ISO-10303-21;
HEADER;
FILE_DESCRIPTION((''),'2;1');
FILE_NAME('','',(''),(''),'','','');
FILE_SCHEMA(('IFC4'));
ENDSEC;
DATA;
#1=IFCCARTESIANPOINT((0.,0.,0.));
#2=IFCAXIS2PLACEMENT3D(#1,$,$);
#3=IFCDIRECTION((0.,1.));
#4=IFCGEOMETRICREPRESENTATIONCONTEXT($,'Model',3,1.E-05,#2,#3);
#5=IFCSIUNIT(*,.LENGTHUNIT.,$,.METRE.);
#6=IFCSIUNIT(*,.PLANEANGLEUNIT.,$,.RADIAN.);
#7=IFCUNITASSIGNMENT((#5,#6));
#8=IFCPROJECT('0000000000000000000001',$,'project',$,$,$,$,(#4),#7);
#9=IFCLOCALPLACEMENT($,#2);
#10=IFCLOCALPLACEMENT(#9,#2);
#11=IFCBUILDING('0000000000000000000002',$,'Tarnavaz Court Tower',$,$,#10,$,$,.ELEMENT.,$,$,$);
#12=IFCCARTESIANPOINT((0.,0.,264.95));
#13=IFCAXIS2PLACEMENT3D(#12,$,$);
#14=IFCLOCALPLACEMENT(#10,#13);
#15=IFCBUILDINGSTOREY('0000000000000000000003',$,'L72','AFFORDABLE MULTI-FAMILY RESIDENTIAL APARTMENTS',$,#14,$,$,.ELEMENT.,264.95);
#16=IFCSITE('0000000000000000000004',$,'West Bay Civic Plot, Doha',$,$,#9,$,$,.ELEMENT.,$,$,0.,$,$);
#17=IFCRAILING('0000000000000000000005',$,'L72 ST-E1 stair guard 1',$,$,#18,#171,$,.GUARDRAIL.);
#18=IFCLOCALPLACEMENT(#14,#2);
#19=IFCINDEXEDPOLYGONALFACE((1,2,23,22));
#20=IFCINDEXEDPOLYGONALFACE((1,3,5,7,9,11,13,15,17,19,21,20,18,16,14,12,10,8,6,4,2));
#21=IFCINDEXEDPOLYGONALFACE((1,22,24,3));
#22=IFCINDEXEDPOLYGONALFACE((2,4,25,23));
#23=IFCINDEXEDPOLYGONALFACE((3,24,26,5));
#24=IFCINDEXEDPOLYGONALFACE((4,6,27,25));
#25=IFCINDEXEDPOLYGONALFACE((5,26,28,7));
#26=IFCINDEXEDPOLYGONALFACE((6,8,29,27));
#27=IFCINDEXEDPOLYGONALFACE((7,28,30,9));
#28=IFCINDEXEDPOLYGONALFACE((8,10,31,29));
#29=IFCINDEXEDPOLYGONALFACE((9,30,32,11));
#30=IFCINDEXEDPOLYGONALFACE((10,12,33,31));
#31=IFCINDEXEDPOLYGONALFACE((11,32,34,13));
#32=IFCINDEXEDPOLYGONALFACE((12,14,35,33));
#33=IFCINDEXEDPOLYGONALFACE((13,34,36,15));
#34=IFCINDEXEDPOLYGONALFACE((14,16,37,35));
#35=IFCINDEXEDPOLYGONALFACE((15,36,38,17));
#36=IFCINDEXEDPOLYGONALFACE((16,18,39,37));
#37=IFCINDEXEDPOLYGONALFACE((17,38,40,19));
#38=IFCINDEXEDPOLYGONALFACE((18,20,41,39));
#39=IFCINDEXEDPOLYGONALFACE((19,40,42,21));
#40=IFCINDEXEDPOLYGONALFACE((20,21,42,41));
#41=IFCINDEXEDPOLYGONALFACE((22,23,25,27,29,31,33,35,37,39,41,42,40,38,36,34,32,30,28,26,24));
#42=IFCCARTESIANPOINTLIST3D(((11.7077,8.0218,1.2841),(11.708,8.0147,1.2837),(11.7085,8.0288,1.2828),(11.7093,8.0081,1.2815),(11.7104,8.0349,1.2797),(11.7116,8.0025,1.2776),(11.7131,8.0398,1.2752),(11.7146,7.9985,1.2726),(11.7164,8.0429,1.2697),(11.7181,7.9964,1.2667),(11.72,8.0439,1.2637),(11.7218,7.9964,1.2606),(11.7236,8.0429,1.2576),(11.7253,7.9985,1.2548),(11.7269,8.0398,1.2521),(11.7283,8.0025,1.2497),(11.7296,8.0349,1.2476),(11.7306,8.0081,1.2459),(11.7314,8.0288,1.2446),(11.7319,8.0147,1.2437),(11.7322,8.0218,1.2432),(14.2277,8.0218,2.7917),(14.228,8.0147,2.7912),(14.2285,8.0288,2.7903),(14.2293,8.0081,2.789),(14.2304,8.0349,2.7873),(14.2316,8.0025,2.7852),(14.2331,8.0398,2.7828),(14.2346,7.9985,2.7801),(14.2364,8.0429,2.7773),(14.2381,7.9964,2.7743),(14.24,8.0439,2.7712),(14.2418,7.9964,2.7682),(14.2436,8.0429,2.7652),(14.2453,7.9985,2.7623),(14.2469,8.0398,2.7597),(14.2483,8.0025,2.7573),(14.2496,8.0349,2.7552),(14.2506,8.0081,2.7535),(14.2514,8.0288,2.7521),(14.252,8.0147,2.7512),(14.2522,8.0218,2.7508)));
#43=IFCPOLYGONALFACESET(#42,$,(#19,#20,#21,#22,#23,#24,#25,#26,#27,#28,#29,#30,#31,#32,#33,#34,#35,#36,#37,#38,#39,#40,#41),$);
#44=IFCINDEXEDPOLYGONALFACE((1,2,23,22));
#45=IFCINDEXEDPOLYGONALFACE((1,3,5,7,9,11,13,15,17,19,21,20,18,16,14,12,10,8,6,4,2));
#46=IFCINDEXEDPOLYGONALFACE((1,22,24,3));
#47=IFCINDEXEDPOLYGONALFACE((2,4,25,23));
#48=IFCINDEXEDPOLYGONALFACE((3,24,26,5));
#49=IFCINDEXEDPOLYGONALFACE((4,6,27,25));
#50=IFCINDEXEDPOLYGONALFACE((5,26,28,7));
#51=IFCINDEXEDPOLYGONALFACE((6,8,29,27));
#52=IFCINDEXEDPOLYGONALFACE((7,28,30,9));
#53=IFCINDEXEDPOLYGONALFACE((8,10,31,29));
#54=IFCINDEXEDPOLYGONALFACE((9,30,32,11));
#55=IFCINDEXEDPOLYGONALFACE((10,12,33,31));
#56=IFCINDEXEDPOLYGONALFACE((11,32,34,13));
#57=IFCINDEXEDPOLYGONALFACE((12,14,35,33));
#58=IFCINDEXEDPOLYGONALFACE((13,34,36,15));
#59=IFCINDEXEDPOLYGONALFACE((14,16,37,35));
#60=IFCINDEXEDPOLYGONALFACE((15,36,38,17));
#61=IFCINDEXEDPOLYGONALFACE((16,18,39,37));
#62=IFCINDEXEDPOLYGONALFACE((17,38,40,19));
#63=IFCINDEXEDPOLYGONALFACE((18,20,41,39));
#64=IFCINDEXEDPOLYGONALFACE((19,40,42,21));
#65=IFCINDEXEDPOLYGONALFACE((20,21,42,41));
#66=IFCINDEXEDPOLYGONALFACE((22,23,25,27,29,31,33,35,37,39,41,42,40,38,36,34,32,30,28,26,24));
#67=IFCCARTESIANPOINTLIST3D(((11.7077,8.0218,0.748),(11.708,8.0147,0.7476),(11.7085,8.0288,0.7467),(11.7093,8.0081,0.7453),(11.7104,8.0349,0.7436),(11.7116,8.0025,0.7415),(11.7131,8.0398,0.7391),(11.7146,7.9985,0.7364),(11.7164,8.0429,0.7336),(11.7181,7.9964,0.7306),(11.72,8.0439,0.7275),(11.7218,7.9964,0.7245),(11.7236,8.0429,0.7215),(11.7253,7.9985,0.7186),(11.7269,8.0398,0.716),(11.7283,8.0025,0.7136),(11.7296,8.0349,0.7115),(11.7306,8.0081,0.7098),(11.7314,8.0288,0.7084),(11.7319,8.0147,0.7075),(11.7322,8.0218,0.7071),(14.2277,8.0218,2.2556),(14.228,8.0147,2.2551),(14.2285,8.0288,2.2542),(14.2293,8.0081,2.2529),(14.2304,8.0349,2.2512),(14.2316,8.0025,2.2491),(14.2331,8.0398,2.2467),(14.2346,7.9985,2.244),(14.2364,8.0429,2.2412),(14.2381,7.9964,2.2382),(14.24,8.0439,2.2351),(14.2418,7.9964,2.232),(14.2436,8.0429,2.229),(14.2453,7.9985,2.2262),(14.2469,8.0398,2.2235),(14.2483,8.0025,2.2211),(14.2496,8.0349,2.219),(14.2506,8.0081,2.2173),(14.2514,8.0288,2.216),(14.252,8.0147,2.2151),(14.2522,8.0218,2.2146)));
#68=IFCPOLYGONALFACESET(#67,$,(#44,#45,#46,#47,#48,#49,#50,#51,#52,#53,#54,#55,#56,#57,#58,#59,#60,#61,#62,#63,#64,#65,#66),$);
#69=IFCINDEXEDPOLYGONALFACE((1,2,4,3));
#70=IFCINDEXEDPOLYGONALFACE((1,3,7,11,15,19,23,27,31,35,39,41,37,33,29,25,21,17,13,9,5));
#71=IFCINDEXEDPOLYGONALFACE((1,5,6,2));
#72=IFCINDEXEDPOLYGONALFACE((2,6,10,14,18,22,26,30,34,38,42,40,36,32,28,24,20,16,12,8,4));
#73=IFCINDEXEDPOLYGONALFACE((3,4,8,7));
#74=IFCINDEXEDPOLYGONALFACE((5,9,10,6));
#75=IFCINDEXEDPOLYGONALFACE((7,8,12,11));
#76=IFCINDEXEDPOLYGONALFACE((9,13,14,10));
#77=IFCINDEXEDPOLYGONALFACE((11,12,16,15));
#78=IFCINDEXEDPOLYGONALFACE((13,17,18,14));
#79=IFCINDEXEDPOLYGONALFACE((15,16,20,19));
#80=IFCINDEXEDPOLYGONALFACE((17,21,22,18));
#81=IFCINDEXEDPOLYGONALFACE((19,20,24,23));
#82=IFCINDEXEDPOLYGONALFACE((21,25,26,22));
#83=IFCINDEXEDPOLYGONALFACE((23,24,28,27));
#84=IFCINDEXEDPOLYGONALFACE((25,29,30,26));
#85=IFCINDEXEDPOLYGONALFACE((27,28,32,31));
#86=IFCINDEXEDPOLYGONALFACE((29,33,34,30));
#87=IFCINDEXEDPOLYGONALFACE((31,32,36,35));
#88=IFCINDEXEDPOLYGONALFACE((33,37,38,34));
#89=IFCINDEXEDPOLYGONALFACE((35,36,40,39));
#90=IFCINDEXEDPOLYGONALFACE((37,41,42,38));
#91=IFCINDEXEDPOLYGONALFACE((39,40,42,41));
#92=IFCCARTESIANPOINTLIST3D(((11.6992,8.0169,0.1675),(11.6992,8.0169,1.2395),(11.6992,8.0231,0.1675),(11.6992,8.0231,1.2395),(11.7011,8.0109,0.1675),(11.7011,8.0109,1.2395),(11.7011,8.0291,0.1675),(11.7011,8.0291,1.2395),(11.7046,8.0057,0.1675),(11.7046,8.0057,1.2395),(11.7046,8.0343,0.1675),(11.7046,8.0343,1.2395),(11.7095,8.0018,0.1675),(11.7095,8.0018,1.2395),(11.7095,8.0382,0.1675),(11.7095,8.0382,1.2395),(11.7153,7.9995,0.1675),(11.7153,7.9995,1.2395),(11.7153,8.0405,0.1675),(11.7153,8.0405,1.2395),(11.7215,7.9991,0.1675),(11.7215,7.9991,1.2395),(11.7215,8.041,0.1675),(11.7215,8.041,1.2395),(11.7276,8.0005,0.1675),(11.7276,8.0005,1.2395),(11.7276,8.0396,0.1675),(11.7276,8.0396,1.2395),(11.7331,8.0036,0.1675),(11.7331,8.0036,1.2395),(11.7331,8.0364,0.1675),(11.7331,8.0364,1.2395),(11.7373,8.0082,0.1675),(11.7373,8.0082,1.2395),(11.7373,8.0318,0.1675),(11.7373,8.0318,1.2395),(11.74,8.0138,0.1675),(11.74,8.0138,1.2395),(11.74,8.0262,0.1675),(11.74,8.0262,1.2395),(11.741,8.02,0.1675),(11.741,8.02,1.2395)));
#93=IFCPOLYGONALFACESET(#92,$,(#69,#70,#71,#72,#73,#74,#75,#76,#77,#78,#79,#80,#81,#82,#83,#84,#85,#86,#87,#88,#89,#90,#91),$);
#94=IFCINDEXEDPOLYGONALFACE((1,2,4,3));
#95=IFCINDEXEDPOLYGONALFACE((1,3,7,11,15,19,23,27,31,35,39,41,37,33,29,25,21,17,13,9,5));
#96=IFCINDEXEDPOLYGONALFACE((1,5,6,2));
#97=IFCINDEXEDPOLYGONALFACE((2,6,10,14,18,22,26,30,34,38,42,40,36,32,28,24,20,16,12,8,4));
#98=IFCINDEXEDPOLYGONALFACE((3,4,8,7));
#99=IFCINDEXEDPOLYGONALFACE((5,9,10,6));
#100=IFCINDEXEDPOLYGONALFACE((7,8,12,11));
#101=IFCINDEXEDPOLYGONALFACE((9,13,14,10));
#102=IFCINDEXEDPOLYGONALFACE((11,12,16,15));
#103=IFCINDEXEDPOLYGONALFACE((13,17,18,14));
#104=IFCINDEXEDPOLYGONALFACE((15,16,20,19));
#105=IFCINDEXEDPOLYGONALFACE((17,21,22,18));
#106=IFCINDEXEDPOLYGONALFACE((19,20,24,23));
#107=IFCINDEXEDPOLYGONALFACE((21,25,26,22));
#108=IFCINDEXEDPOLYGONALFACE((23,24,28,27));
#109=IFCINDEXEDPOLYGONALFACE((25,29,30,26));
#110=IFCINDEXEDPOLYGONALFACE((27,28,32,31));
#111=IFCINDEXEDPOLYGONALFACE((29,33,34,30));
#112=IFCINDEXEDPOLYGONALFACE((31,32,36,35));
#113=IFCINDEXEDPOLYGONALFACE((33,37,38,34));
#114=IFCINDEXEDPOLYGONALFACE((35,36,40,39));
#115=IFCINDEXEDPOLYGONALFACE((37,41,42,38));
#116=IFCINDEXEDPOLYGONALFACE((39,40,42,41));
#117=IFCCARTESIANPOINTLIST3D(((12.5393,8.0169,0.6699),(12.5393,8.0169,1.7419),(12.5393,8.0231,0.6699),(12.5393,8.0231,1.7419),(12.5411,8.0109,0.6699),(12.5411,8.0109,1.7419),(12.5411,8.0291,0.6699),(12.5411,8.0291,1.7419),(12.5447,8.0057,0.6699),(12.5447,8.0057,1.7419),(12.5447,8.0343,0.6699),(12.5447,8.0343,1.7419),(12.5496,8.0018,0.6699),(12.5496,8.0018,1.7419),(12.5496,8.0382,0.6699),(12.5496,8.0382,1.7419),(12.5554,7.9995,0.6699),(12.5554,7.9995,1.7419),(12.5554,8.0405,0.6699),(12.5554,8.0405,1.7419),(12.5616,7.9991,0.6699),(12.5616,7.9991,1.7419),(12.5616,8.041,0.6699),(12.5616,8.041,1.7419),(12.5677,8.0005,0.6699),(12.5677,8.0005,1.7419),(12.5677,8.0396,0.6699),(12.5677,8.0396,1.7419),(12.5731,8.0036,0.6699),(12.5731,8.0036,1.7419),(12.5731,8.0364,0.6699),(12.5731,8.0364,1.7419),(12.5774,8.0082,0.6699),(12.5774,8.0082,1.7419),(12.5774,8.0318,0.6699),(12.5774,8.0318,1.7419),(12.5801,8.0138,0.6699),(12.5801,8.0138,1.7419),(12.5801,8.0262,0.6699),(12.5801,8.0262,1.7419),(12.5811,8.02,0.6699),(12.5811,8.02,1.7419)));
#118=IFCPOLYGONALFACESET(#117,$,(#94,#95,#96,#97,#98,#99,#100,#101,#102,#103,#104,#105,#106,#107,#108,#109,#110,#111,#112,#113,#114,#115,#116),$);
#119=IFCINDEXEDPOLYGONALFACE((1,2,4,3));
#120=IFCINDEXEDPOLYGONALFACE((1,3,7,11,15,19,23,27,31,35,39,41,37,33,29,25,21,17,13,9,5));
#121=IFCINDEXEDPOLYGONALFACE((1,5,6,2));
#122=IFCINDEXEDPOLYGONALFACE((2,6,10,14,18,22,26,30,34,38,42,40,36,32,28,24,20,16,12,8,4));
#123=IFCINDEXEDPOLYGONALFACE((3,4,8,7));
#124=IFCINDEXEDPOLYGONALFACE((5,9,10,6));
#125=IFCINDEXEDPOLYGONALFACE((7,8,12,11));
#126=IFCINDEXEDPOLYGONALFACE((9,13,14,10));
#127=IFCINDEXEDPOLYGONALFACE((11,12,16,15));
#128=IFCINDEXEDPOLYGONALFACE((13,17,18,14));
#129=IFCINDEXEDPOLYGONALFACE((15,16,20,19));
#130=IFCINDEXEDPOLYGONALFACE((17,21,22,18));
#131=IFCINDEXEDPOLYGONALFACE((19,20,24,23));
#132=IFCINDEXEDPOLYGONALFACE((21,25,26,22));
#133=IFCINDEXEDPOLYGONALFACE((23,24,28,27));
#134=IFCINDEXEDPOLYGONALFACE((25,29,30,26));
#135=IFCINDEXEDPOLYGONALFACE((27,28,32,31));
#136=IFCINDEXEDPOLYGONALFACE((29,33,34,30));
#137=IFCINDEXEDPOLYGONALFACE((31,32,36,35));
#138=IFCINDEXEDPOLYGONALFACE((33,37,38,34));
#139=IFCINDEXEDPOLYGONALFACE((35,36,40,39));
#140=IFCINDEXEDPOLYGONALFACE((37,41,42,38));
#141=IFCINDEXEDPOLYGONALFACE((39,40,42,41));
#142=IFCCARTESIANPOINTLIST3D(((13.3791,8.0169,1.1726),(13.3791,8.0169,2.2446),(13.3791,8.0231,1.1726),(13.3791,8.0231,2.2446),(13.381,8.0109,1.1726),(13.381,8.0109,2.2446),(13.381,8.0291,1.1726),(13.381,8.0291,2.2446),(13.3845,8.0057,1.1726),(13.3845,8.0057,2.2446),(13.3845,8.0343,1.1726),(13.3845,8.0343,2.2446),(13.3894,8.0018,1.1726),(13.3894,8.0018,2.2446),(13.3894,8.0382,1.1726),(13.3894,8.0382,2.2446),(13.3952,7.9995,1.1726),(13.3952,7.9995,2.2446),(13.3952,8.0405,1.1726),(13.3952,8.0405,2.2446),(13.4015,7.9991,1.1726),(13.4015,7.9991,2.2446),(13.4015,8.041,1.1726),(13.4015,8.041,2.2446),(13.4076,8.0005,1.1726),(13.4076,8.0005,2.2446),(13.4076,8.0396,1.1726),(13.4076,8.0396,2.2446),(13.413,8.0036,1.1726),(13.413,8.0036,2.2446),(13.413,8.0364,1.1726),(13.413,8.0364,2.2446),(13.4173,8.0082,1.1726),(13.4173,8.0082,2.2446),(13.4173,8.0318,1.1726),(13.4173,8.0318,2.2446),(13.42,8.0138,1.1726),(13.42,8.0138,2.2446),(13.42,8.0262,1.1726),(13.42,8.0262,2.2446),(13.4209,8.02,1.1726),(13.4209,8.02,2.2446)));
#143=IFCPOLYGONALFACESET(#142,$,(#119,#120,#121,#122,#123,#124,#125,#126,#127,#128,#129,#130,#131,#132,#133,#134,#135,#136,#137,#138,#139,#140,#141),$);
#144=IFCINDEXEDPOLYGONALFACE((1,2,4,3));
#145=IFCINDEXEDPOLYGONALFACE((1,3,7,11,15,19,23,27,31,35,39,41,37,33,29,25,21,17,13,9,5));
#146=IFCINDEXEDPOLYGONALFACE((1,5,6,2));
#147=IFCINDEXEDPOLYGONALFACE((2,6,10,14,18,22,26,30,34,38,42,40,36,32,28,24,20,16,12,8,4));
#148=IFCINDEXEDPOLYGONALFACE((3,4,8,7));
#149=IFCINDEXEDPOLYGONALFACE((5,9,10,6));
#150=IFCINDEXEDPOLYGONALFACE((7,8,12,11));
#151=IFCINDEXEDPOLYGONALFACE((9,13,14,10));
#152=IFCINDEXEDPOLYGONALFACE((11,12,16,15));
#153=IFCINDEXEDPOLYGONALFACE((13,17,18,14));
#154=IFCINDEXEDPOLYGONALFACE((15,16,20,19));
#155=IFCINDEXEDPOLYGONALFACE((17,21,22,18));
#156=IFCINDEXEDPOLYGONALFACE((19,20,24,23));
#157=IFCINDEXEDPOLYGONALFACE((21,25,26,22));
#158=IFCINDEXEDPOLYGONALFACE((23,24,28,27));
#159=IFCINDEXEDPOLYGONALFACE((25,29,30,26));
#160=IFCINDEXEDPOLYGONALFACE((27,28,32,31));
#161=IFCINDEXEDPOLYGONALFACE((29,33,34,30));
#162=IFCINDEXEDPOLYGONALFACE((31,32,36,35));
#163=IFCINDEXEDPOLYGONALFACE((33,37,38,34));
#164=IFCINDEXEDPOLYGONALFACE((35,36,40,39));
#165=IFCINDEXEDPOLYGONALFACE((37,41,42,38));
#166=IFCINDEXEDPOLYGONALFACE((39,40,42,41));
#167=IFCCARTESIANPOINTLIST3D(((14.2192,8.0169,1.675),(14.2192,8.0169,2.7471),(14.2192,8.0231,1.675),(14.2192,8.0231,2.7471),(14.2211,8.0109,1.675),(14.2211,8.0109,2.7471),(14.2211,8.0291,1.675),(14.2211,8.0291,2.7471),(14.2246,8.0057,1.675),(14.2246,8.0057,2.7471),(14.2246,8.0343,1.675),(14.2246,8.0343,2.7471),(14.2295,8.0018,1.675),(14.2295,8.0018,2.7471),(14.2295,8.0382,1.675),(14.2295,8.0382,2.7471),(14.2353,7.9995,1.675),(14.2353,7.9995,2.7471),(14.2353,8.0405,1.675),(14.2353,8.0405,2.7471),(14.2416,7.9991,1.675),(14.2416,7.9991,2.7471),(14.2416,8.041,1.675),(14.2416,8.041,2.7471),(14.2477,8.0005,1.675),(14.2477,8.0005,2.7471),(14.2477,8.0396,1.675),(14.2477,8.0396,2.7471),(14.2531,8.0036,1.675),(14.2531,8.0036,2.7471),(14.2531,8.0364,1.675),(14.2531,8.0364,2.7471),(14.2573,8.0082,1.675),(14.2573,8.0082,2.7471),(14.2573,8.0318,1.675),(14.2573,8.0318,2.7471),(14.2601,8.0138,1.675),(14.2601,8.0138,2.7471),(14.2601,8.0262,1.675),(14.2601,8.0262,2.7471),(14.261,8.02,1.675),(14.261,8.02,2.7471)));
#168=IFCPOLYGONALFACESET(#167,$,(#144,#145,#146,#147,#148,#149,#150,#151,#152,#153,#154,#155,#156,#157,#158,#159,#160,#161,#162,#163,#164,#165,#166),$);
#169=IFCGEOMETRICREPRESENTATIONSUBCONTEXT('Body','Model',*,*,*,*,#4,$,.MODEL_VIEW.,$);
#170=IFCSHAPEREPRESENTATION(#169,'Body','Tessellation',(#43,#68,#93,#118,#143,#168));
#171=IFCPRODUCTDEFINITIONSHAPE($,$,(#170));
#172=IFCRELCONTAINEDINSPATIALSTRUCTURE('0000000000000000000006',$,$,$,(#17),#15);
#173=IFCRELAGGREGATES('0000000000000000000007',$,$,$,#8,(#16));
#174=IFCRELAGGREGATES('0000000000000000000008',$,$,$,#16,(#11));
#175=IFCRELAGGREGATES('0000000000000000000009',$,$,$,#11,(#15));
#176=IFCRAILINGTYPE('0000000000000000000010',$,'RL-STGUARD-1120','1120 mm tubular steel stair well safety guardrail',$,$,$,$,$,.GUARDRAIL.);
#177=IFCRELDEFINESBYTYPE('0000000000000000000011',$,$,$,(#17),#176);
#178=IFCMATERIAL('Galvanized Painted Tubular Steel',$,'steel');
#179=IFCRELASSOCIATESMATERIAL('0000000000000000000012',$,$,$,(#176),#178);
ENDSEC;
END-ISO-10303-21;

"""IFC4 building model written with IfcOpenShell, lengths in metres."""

from ifc_helpers import new_model, si_unit, direction, frame, origin, origin_2d, place, context, subcontext, project, spatial, circle, extrude, material, type_object, element, save


model = new_model("IFC4")

# Units and contexts
model_context = context("Model", 3, precision=1e-05, world=origin(), true_north=direction((0.0, 1.0)))
body_context = subcontext(model_context, "Body", "Model", "MODEL_VIEW")
ifc_project = project(units=[si_unit("LENGTHUNIT", "METRE"), si_unit("PLANEANGLEUNIT", "RADIAN")], contexts=[model_context])

# Site, building, storey
site_placement = place(None, origin())
site = spatial("IfcSite", under=ifc_project, at=site_placement, Name="West Bay Civic Plot, Doha", CompositionType="ELEMENT", RefElevation=0.0)
building_placement = place(site_placement, origin())
building = spatial("IfcBuilding", under=site, at=building_placement, Name="Tarnavaz Court Tower", CompositionType="ELEMENT")
storey_placement = place(building_placement, frame((0.0, 0.0, 264.95)))
storey = spatial("IfcBuildingStorey", under=building, at=storey_placement, Name="L72", Description="AFFORDABLE MULTI-FAMILY RESIDENTIAL APARTMENTS", CompositionType="ELEMENT", Elevation=264.95)

# Railing
ifc_material_1 = material(Name="Galvanized Painted Tubular Steel", Category="steel")
railing_type_1 = type_object("IfcRailingType", Name="RL-STGUARD-1120", Description="1120 mm tubular steel stair well safety guardrail", PredefinedType="GUARDRAIL", material=ifc_material_1)
railing_1_placement = place(storey_placement, frame((11.72, 8.02, 0.1675)))
element("IfcRailing", 1, at=railing_1_placement, inside=storey, type_object=railing_type_1, Name="L72 ST-E1 stair guard 1", PredefinedType="GUARDRAIL", context=body_context, shape_type="SweptSolid", body=[
    extrude(circle(Radius=0.0239, at=origin_2d()), frame((0.0, 0.0, 1.0962), z_axis=(0.85816, 0.0, 0.513383), x_axis=(0.0, 1.0, 0.0)), (0.0, 0.0, 1.0), 2.9365),
    extrude(circle(Radius=0.0239, at=origin_2d()), frame((0.0, 0.0, 0.5601), z_axis=(0.85816, 0.0, 0.513383), x_axis=(0.0, 1.0, 0.0)), (0.0, 0.0, 1.0), 2.9365),
    extrude(circle(Radius=0.021, at=origin_2d()), origin(), (0.0, 0.0, 1.0), 1.072),
    extrude(circle(Radius=0.021, at=origin_2d()), frame((0.8401, 0.0, 0.5024)), (0.0, 0.0, 1.0), 1.072),
    extrude(circle(Radius=0.021, at=origin_2d()), frame((1.6799, 0.0, 1.0051)), (0.0, 0.0, 1.0), 1.072),
    extrude(circle(Radius=0.021, at=origin_2d()), frame((2.52, 0.0, 1.5076)), (0.0, 0.0, 1.0), 1.072),
])

save(model, "model.ifc")
